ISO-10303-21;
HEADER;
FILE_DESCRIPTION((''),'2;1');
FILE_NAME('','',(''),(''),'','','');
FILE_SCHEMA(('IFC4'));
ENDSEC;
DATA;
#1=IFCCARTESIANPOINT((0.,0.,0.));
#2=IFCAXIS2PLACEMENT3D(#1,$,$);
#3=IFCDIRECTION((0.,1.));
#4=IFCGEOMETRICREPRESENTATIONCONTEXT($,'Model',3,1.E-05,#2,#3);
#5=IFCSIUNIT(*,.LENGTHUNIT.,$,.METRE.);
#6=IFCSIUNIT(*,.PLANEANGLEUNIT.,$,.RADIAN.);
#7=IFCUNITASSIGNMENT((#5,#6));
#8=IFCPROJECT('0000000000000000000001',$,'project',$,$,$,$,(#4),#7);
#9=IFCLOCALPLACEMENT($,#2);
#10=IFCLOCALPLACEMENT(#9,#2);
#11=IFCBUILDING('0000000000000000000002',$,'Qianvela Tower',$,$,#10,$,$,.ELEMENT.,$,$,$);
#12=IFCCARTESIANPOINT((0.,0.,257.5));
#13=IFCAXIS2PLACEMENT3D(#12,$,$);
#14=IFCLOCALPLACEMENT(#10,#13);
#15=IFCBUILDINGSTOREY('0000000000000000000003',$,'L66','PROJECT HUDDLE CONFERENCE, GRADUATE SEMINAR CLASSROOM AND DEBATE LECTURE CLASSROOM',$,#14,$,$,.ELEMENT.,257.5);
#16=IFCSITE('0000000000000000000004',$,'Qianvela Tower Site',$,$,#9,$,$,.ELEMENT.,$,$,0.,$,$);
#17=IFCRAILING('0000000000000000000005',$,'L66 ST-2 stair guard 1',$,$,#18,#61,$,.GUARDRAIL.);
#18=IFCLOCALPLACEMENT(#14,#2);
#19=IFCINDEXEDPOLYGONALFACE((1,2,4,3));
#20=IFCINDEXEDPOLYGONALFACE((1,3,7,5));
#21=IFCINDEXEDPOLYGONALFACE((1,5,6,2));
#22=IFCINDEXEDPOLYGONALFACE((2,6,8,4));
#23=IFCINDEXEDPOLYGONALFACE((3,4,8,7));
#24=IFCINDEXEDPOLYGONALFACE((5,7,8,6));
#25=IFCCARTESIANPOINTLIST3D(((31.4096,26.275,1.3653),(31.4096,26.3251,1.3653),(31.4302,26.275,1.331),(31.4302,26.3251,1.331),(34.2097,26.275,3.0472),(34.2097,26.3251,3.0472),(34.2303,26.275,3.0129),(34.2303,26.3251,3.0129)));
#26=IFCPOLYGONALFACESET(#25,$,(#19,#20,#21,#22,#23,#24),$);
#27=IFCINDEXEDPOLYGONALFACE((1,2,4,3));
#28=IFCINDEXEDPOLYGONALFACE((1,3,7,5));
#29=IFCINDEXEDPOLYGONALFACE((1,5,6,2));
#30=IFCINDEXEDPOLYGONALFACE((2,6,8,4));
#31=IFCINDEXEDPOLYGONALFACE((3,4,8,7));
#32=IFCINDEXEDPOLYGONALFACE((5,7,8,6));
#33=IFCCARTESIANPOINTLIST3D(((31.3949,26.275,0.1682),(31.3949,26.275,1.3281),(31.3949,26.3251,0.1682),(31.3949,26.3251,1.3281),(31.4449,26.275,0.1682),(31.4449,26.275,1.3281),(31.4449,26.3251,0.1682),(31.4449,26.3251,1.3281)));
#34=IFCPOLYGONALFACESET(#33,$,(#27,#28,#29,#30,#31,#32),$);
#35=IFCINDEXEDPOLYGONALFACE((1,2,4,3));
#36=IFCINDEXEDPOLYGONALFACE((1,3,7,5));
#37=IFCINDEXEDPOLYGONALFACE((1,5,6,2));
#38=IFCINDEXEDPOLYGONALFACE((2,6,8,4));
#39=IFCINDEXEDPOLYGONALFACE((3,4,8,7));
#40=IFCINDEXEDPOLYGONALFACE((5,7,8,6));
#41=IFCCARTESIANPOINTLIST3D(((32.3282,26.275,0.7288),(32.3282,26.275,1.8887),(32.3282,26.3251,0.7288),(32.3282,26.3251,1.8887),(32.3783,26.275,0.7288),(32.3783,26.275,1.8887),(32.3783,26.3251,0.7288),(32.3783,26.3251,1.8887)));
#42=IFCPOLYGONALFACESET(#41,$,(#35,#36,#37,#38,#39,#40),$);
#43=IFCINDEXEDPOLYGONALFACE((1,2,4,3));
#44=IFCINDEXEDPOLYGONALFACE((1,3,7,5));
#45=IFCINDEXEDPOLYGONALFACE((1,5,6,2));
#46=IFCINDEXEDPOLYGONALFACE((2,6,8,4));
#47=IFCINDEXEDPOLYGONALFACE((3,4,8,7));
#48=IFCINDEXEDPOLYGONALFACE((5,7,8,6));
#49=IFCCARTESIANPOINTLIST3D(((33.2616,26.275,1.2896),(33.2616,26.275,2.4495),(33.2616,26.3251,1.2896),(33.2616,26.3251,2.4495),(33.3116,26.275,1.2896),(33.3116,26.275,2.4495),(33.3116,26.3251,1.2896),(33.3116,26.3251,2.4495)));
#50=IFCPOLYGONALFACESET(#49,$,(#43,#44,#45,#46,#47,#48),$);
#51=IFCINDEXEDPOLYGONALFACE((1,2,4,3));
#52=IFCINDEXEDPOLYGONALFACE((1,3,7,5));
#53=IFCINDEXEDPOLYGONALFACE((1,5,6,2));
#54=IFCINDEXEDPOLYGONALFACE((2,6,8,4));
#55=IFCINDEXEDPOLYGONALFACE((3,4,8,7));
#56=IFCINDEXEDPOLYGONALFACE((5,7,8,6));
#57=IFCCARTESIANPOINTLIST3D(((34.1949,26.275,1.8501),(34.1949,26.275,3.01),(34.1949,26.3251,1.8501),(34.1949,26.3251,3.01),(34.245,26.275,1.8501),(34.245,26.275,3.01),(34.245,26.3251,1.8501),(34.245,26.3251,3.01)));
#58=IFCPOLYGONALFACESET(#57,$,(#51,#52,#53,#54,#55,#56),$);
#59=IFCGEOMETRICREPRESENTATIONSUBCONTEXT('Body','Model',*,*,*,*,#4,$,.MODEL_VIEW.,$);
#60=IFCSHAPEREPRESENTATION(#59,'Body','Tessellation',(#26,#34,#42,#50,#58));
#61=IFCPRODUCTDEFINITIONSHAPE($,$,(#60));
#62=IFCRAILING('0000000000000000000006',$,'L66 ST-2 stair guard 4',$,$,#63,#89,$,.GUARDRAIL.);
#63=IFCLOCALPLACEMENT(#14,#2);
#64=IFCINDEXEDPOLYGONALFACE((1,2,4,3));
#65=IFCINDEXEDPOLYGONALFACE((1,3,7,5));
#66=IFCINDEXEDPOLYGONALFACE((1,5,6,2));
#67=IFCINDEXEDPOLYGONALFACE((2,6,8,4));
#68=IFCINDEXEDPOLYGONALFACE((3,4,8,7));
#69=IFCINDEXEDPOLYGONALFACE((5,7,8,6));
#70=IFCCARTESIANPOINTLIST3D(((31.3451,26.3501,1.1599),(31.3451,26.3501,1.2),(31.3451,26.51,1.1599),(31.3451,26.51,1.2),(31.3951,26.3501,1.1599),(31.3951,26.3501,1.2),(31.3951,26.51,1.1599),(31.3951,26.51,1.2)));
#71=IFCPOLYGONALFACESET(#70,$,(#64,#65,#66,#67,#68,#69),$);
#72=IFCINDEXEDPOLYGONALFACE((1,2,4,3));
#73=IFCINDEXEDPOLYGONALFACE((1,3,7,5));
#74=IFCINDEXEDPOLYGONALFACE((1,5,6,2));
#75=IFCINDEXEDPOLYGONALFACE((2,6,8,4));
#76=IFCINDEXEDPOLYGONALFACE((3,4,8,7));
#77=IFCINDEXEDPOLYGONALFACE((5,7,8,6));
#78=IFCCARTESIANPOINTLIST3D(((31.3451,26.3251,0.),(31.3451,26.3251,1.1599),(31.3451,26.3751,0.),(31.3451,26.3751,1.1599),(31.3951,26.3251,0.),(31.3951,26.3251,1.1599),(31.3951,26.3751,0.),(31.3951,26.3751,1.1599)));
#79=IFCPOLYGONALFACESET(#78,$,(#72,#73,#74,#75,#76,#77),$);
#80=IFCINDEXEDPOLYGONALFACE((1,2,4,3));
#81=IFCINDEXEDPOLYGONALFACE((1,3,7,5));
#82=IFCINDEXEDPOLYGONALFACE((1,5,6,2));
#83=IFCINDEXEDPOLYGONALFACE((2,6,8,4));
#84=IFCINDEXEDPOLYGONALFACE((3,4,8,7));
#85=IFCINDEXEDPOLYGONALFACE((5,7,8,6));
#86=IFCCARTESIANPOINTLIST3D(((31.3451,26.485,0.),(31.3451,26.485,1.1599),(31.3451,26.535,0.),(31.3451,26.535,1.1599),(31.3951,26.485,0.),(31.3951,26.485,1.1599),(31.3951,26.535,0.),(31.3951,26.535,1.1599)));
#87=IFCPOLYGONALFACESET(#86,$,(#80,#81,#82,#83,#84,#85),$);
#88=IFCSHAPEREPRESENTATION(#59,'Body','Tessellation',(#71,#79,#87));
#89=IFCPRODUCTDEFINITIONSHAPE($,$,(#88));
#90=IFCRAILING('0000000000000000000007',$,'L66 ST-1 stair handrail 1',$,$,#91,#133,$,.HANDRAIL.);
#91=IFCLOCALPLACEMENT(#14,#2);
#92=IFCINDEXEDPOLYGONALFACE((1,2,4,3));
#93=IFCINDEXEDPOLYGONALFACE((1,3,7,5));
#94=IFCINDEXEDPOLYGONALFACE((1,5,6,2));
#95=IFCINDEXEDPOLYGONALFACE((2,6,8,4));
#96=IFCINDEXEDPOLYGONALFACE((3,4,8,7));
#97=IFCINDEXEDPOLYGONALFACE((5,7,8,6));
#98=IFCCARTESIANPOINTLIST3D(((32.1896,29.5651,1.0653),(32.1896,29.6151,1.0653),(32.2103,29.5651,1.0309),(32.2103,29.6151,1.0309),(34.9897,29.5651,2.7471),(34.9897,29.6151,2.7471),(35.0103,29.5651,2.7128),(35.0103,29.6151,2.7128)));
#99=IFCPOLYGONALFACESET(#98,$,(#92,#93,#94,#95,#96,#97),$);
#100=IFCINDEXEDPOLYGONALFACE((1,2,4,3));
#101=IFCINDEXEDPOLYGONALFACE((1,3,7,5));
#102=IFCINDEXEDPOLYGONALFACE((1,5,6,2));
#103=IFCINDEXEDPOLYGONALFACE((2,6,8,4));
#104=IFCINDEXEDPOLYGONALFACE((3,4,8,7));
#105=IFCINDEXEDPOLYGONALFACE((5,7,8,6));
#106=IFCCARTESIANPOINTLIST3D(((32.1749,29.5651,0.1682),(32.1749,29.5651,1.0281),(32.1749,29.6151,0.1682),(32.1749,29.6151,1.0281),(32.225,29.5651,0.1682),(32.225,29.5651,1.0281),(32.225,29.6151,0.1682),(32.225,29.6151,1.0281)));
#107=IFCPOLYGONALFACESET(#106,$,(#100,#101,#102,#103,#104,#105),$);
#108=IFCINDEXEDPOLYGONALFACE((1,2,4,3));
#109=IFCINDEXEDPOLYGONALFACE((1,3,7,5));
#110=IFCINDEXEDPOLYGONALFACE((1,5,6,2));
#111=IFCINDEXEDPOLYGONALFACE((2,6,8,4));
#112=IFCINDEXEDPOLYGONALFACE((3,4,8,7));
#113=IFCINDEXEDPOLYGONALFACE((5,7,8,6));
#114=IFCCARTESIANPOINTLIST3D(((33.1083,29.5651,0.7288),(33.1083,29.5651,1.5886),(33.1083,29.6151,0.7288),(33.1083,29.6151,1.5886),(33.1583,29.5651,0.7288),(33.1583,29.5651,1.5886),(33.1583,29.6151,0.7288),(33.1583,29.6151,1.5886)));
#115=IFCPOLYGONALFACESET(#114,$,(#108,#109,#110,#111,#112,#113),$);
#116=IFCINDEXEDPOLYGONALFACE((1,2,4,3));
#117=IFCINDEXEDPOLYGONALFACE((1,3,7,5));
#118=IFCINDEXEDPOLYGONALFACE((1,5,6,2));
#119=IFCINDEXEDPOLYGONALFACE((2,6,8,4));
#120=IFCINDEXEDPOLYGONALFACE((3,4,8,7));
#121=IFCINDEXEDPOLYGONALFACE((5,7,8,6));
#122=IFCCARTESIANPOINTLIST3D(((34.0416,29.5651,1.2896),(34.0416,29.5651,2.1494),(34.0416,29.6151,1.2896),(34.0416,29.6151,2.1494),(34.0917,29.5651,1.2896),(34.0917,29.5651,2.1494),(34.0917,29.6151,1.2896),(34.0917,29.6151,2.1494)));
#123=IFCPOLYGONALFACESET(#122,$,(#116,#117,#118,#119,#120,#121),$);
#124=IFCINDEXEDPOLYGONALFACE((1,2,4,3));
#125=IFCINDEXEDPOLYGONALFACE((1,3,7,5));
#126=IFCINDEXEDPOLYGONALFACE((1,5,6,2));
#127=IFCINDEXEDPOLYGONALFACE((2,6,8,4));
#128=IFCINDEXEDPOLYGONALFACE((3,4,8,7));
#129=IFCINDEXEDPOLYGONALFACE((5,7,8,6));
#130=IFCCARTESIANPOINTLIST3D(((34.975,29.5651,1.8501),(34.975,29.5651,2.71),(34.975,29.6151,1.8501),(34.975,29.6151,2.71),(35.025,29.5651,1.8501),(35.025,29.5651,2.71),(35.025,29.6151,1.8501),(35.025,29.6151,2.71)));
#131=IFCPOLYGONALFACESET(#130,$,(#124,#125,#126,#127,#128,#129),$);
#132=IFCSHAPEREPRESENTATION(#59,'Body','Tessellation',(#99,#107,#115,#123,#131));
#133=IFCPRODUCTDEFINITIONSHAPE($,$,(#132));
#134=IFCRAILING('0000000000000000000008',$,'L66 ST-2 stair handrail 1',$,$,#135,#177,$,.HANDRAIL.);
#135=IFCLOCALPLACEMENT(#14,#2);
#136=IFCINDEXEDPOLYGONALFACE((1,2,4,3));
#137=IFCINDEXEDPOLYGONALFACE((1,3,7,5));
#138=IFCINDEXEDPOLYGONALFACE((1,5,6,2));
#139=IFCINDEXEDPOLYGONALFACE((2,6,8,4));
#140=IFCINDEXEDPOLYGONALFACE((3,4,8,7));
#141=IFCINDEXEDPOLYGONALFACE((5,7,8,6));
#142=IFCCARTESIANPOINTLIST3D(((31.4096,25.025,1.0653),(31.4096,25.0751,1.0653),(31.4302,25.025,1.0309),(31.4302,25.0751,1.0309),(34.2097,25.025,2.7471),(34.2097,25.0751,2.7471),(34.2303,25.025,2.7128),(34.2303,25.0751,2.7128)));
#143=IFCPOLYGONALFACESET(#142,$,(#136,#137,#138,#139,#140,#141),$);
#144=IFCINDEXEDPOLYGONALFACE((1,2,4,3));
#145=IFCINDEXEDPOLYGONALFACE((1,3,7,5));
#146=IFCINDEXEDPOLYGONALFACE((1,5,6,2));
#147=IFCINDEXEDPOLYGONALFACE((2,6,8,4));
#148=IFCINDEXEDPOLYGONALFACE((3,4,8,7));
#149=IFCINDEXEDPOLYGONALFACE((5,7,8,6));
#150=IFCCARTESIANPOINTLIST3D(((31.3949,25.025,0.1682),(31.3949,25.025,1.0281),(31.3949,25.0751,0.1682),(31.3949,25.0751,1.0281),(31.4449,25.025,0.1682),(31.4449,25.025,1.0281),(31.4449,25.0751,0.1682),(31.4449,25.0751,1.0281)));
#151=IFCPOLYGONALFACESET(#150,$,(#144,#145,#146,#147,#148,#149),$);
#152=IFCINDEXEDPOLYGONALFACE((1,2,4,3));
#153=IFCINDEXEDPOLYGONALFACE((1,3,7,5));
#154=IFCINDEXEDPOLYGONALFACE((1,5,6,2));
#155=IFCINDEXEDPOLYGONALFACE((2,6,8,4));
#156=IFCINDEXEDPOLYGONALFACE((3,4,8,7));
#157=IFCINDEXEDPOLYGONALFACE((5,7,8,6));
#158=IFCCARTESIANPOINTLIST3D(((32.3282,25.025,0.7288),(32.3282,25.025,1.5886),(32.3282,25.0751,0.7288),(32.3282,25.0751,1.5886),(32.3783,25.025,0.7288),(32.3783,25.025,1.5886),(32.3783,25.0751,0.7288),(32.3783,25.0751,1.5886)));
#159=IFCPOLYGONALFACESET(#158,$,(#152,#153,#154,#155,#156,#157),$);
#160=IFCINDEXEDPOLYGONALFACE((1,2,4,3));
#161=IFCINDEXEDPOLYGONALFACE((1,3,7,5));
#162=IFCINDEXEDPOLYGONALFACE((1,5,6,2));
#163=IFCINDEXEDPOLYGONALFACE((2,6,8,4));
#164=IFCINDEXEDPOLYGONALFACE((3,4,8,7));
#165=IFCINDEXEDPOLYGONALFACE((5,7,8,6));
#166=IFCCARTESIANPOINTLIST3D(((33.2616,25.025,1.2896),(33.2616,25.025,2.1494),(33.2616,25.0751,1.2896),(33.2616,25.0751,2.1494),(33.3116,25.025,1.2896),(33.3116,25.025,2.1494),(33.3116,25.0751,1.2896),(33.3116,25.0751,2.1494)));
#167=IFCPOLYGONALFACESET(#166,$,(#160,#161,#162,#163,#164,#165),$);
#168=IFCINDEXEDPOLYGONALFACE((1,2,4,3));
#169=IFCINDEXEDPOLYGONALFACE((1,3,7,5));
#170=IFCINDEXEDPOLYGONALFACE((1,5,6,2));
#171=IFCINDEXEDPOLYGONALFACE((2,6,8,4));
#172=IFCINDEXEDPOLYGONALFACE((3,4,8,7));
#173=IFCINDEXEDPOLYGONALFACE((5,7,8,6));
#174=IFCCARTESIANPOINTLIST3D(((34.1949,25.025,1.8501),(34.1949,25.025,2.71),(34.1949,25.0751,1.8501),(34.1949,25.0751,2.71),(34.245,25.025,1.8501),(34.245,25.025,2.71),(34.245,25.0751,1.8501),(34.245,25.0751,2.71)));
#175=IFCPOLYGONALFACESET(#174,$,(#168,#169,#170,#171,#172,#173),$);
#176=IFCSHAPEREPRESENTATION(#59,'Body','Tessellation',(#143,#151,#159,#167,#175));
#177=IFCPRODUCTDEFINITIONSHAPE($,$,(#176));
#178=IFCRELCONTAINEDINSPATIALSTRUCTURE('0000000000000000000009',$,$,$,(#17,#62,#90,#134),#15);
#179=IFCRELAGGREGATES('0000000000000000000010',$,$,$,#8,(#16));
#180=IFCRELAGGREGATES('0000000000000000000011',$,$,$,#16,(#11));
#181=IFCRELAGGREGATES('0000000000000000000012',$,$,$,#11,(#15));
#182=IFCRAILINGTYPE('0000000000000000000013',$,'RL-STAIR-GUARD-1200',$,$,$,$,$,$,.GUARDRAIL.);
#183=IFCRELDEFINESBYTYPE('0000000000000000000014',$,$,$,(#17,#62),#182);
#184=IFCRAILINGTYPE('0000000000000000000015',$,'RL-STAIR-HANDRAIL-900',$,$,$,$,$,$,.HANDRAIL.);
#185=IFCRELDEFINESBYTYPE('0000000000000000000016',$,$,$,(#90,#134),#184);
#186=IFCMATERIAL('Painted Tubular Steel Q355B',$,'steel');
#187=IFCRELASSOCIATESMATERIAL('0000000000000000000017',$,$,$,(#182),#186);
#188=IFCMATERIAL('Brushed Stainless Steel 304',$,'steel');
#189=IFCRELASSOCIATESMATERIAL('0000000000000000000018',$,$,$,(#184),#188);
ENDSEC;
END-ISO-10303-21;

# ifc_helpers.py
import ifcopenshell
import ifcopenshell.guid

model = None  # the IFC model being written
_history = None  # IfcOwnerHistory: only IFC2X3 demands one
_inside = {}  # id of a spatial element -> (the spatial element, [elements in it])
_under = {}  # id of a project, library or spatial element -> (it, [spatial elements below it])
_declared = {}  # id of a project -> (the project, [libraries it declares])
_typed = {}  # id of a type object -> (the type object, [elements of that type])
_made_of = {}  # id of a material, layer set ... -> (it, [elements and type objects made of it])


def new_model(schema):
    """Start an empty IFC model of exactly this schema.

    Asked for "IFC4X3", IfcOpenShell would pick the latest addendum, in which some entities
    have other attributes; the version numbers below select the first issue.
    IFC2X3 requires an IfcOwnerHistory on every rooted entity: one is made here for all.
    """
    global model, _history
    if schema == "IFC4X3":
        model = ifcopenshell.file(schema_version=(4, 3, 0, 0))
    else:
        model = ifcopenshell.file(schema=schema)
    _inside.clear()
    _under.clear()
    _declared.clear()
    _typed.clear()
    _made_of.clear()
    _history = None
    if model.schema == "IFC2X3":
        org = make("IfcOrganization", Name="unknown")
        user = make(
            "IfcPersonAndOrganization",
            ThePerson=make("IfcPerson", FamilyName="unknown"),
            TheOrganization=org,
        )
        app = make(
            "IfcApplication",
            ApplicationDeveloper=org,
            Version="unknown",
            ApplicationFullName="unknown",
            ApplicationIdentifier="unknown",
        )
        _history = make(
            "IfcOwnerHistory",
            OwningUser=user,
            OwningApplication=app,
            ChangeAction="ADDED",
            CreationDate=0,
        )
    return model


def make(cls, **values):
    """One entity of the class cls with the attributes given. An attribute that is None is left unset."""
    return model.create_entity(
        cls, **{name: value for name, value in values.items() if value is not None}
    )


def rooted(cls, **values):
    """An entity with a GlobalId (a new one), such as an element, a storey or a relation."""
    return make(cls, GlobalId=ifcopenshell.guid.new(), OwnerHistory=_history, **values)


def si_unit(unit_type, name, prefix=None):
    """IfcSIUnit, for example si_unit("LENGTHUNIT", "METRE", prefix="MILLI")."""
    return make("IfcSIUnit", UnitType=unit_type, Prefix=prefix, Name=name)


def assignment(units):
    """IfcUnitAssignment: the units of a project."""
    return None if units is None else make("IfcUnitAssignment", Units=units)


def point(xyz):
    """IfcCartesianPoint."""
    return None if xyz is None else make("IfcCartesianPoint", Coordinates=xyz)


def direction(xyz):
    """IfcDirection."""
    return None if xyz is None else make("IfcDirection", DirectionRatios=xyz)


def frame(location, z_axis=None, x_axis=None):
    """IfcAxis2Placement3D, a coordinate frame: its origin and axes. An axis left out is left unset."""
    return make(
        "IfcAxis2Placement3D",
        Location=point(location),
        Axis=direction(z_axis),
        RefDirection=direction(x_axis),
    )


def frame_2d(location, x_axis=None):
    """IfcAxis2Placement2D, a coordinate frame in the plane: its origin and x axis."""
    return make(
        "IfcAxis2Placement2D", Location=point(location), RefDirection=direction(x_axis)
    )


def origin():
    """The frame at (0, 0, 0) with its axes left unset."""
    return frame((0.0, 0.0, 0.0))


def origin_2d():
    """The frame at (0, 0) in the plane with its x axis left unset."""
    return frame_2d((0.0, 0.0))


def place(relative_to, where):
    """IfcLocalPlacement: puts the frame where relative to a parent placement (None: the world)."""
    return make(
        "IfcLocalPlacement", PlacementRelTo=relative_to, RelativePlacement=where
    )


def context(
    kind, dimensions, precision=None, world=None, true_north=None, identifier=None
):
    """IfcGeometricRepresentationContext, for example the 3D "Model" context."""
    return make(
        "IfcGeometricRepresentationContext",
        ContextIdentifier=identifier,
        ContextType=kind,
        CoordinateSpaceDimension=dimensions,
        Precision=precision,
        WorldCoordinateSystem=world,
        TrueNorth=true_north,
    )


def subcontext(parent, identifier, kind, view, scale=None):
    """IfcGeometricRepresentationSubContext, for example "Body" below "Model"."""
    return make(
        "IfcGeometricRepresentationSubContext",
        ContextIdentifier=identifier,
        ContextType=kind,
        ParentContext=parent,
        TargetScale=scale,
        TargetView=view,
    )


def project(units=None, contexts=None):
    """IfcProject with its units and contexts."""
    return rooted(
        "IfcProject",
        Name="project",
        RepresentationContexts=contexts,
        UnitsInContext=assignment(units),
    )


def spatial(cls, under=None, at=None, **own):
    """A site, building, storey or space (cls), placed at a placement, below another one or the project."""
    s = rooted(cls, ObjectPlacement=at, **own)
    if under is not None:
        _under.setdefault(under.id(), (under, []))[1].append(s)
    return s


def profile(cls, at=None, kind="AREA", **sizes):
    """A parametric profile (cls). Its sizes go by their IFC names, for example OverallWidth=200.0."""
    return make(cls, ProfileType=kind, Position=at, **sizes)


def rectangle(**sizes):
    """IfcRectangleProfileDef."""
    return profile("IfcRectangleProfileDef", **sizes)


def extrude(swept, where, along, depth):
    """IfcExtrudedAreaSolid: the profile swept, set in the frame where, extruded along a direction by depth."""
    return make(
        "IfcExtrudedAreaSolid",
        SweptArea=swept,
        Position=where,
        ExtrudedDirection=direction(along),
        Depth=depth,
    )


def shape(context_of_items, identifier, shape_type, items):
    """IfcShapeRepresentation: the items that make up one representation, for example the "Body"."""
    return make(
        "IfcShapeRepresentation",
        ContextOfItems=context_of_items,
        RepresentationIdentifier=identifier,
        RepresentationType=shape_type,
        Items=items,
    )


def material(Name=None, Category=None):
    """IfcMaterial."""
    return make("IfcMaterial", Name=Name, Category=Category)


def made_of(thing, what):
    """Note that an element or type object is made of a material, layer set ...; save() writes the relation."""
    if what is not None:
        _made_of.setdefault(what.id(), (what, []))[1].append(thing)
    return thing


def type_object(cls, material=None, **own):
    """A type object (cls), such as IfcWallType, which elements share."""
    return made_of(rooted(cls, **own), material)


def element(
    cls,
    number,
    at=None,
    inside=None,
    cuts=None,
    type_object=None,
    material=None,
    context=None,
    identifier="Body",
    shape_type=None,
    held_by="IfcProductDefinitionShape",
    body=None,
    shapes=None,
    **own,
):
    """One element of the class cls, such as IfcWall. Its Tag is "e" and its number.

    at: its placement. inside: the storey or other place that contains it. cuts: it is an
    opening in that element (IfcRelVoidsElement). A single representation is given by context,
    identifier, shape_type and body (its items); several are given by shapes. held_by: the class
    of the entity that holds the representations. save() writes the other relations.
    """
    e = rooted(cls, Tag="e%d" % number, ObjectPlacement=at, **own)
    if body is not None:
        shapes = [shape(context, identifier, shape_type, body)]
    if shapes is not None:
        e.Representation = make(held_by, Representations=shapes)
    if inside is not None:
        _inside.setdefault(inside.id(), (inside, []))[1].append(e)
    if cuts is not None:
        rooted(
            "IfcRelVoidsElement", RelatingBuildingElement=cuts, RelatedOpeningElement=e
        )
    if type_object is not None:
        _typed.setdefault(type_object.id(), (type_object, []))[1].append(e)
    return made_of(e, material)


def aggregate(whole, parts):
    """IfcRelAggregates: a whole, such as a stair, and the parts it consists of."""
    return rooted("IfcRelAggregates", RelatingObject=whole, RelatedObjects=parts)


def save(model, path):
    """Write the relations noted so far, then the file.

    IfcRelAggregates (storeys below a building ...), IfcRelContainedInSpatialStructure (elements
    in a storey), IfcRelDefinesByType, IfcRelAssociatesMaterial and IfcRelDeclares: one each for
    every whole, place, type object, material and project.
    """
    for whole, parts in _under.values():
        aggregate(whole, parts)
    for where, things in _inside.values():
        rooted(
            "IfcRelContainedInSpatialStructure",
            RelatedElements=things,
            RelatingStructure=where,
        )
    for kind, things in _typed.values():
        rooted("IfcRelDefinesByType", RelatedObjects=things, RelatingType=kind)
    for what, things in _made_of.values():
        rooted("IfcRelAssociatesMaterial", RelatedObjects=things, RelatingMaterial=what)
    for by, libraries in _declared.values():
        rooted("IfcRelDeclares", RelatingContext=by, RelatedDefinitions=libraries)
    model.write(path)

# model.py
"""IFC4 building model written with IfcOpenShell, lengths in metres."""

from ifc_helpers import new_model, si_unit, direction, frame, origin, origin_2d, place, context, subcontext, project, spatial, rectangle, extrude, material, type_object, element, save


model = new_model("IFC4")

# Units and contexts
model_context = context("Model", 3, precision=1e-05, world=origin(), true_north=direction((0.0, 1.0)))
body_context = subcontext(model_context, "Body", "Model", "MODEL_VIEW")
ifc_project = project(units=[si_unit("LENGTHUNIT", "METRE"), si_unit("PLANEANGLEUNIT", "RADIAN")], contexts=[model_context])

# Site, building, storey
site_placement = place(None, origin())
site = spatial("IfcSite", under=ifc_project, at=site_placement, Name="Qianvela Tower Site", CompositionType="ELEMENT", RefElevation=0.0)
building_placement = place(site_placement, origin())
building = spatial("IfcBuilding", under=site, at=building_placement, Name="Qianvela Tower", CompositionType="ELEMENT")
storey_placement = place(building_placement, frame((0.0, 0.0, 257.5)))
storey = spatial("IfcBuildingStorey", under=building, at=storey_placement, Name="L66", Description="PROJECT HUDDLE CONFERENCE, GRADUATE SEMINAR CLASSROOM AND DEBATE LECTURE CLASSROOM", CompositionType="ELEMENT", Elevation=257.5)

# Railings
ifc_material_1 = material(Name="Painted Tubular Steel Q355B", Category="steel")
railing_type_1 = type_object("IfcRailingType", Name="RL-STAIR-GUARD-1200", PredefinedType="GUARDRAIL", material=ifc_material_1)
railing_1_placement = place(storey_placement, frame((31.4199, 26.3, 0.1682)))
element("IfcRailing", 1, at=railing_1_placement, inside=storey, type_object=railing_type_1, Name="L66 ST-2 stair guard 1", PredefinedType="GUARDRAIL", context=body_context, shape_type="SweptSolid", body=[
    extrude(rectangle(XDim=0.05, YDim=0.04, at=origin_2d()), frame((0.0, 0.0, 1.1799), z_axis=(0.857242, 0.0, 0.514913), x_axis=(0.0, 1.0, 0.0)), (0.0, 0.0, 1.0), 3.2664),
    extrude(rectangle(XDim=0.05, YDim=0.05, at=origin_2d()), origin(), (0.0, 0.0, 1.0), 1.1599),
    extrude(rectangle(XDim=0.05, YDim=0.05, at=origin_2d()), frame((0.9333, 0.0, 0.5605)), (0.0, 0.0, 1.0), 1.1599),
    extrude(rectangle(XDim=0.05, YDim=0.05, at=origin_2d()), frame((1.8667, 0.0, 1.1213)), (0.0, 0.0, 1.0), 1.1599),
    extrude(rectangle(XDim=0.05, YDim=0.05, at=origin_2d()), frame((2.8, 0.0, 1.6819)), (0.0, 0.0, 1.0), 1.1599),
])
railing_2_placement = place(storey_placement, frame((31.3701, 26.3501, 0.0)))
element("IfcRailing", 2, at=railing_2_placement, inside=storey, type_object=railing_type_1, Name="L66 ST-2 stair guard 4", PredefinedType="GUARDRAIL", context=body_context, shape_type="SweptSolid", body=[
    extrude(rectangle(XDim=0.05, YDim=0.04, at=origin_2d()), frame((0.0, 0.0, 1.1799), z_axis=(0.0, 1.0, 0.0), x_axis=(-1.0, 0.0, 0.0)), (0.0, 0.0, 1.0), 0.1599),
    extrude(rectangle(XDim=0.05, YDim=0.05, at=origin_2d()), origin(), (0.0, 0.0, 1.0), 1.1599),
    extrude(rectangle(XDim=0.05, YDim=0.05, at=origin_2d()), frame((0.0, 0.1599, 0.0)), (0.0, 0.0, 1.0), 1.1599),
])
ifc_material_2 = material(Name="Brushed Stainless Steel 304", Category="steel")
railing_type_2 = type_object("IfcRailingType", Name="RL-STAIR-HANDRAIL-900", PredefinedType="HANDRAIL", material=ifc_material_2)
for number, where, name in (
    (3, (32.2, 29.5901, 0.1682), "L66 ST-1 stair handrail 1"),
    (4, (31.4199, 25.05, 0.1682), "L66 ST-2 stair handrail 1"),
):
    element("IfcRailing", number, at=place(storey_placement, frame(where)), inside=storey, type_object=railing_type_2, Name=name, PredefinedType="HANDRAIL", context=body_context, shape_type="SweptSolid", body=[
        extrude(rectangle(XDim=0.05, YDim=0.04, at=origin_2d()), frame((0.0, 0.0, 0.8799), z_axis=(0.857242, 0.0, 0.514913), x_axis=(0.0, 1.0, 0.0)), (0.0, 0.0, 1.0), 3.2664),
        extrude(rectangle(XDim=0.05, YDim=0.05, at=origin_2d()), origin(), (0.0, 0.0, 1.0), 0.8599),
        extrude(rectangle(XDim=0.05, YDim=0.05, at=origin_2d()), frame((0.9333, 0.0, 0.5605)), (0.0, 0.0, 1.0), 0.8599),
        extrude(rectangle(XDim=0.05, YDim=0.05, at=origin_2d()), frame((1.8667, 0.0, 1.1213)), (0.0, 0.0, 1.0), 0.8599),
        extrude(rectangle(XDim=0.05, YDim=0.05, at=origin_2d()), frame((2.8, 0.0, 1.6819)), (0.0, 0.0, 1.0), 0.8599),
    ])

save(model, "model.ifc")
